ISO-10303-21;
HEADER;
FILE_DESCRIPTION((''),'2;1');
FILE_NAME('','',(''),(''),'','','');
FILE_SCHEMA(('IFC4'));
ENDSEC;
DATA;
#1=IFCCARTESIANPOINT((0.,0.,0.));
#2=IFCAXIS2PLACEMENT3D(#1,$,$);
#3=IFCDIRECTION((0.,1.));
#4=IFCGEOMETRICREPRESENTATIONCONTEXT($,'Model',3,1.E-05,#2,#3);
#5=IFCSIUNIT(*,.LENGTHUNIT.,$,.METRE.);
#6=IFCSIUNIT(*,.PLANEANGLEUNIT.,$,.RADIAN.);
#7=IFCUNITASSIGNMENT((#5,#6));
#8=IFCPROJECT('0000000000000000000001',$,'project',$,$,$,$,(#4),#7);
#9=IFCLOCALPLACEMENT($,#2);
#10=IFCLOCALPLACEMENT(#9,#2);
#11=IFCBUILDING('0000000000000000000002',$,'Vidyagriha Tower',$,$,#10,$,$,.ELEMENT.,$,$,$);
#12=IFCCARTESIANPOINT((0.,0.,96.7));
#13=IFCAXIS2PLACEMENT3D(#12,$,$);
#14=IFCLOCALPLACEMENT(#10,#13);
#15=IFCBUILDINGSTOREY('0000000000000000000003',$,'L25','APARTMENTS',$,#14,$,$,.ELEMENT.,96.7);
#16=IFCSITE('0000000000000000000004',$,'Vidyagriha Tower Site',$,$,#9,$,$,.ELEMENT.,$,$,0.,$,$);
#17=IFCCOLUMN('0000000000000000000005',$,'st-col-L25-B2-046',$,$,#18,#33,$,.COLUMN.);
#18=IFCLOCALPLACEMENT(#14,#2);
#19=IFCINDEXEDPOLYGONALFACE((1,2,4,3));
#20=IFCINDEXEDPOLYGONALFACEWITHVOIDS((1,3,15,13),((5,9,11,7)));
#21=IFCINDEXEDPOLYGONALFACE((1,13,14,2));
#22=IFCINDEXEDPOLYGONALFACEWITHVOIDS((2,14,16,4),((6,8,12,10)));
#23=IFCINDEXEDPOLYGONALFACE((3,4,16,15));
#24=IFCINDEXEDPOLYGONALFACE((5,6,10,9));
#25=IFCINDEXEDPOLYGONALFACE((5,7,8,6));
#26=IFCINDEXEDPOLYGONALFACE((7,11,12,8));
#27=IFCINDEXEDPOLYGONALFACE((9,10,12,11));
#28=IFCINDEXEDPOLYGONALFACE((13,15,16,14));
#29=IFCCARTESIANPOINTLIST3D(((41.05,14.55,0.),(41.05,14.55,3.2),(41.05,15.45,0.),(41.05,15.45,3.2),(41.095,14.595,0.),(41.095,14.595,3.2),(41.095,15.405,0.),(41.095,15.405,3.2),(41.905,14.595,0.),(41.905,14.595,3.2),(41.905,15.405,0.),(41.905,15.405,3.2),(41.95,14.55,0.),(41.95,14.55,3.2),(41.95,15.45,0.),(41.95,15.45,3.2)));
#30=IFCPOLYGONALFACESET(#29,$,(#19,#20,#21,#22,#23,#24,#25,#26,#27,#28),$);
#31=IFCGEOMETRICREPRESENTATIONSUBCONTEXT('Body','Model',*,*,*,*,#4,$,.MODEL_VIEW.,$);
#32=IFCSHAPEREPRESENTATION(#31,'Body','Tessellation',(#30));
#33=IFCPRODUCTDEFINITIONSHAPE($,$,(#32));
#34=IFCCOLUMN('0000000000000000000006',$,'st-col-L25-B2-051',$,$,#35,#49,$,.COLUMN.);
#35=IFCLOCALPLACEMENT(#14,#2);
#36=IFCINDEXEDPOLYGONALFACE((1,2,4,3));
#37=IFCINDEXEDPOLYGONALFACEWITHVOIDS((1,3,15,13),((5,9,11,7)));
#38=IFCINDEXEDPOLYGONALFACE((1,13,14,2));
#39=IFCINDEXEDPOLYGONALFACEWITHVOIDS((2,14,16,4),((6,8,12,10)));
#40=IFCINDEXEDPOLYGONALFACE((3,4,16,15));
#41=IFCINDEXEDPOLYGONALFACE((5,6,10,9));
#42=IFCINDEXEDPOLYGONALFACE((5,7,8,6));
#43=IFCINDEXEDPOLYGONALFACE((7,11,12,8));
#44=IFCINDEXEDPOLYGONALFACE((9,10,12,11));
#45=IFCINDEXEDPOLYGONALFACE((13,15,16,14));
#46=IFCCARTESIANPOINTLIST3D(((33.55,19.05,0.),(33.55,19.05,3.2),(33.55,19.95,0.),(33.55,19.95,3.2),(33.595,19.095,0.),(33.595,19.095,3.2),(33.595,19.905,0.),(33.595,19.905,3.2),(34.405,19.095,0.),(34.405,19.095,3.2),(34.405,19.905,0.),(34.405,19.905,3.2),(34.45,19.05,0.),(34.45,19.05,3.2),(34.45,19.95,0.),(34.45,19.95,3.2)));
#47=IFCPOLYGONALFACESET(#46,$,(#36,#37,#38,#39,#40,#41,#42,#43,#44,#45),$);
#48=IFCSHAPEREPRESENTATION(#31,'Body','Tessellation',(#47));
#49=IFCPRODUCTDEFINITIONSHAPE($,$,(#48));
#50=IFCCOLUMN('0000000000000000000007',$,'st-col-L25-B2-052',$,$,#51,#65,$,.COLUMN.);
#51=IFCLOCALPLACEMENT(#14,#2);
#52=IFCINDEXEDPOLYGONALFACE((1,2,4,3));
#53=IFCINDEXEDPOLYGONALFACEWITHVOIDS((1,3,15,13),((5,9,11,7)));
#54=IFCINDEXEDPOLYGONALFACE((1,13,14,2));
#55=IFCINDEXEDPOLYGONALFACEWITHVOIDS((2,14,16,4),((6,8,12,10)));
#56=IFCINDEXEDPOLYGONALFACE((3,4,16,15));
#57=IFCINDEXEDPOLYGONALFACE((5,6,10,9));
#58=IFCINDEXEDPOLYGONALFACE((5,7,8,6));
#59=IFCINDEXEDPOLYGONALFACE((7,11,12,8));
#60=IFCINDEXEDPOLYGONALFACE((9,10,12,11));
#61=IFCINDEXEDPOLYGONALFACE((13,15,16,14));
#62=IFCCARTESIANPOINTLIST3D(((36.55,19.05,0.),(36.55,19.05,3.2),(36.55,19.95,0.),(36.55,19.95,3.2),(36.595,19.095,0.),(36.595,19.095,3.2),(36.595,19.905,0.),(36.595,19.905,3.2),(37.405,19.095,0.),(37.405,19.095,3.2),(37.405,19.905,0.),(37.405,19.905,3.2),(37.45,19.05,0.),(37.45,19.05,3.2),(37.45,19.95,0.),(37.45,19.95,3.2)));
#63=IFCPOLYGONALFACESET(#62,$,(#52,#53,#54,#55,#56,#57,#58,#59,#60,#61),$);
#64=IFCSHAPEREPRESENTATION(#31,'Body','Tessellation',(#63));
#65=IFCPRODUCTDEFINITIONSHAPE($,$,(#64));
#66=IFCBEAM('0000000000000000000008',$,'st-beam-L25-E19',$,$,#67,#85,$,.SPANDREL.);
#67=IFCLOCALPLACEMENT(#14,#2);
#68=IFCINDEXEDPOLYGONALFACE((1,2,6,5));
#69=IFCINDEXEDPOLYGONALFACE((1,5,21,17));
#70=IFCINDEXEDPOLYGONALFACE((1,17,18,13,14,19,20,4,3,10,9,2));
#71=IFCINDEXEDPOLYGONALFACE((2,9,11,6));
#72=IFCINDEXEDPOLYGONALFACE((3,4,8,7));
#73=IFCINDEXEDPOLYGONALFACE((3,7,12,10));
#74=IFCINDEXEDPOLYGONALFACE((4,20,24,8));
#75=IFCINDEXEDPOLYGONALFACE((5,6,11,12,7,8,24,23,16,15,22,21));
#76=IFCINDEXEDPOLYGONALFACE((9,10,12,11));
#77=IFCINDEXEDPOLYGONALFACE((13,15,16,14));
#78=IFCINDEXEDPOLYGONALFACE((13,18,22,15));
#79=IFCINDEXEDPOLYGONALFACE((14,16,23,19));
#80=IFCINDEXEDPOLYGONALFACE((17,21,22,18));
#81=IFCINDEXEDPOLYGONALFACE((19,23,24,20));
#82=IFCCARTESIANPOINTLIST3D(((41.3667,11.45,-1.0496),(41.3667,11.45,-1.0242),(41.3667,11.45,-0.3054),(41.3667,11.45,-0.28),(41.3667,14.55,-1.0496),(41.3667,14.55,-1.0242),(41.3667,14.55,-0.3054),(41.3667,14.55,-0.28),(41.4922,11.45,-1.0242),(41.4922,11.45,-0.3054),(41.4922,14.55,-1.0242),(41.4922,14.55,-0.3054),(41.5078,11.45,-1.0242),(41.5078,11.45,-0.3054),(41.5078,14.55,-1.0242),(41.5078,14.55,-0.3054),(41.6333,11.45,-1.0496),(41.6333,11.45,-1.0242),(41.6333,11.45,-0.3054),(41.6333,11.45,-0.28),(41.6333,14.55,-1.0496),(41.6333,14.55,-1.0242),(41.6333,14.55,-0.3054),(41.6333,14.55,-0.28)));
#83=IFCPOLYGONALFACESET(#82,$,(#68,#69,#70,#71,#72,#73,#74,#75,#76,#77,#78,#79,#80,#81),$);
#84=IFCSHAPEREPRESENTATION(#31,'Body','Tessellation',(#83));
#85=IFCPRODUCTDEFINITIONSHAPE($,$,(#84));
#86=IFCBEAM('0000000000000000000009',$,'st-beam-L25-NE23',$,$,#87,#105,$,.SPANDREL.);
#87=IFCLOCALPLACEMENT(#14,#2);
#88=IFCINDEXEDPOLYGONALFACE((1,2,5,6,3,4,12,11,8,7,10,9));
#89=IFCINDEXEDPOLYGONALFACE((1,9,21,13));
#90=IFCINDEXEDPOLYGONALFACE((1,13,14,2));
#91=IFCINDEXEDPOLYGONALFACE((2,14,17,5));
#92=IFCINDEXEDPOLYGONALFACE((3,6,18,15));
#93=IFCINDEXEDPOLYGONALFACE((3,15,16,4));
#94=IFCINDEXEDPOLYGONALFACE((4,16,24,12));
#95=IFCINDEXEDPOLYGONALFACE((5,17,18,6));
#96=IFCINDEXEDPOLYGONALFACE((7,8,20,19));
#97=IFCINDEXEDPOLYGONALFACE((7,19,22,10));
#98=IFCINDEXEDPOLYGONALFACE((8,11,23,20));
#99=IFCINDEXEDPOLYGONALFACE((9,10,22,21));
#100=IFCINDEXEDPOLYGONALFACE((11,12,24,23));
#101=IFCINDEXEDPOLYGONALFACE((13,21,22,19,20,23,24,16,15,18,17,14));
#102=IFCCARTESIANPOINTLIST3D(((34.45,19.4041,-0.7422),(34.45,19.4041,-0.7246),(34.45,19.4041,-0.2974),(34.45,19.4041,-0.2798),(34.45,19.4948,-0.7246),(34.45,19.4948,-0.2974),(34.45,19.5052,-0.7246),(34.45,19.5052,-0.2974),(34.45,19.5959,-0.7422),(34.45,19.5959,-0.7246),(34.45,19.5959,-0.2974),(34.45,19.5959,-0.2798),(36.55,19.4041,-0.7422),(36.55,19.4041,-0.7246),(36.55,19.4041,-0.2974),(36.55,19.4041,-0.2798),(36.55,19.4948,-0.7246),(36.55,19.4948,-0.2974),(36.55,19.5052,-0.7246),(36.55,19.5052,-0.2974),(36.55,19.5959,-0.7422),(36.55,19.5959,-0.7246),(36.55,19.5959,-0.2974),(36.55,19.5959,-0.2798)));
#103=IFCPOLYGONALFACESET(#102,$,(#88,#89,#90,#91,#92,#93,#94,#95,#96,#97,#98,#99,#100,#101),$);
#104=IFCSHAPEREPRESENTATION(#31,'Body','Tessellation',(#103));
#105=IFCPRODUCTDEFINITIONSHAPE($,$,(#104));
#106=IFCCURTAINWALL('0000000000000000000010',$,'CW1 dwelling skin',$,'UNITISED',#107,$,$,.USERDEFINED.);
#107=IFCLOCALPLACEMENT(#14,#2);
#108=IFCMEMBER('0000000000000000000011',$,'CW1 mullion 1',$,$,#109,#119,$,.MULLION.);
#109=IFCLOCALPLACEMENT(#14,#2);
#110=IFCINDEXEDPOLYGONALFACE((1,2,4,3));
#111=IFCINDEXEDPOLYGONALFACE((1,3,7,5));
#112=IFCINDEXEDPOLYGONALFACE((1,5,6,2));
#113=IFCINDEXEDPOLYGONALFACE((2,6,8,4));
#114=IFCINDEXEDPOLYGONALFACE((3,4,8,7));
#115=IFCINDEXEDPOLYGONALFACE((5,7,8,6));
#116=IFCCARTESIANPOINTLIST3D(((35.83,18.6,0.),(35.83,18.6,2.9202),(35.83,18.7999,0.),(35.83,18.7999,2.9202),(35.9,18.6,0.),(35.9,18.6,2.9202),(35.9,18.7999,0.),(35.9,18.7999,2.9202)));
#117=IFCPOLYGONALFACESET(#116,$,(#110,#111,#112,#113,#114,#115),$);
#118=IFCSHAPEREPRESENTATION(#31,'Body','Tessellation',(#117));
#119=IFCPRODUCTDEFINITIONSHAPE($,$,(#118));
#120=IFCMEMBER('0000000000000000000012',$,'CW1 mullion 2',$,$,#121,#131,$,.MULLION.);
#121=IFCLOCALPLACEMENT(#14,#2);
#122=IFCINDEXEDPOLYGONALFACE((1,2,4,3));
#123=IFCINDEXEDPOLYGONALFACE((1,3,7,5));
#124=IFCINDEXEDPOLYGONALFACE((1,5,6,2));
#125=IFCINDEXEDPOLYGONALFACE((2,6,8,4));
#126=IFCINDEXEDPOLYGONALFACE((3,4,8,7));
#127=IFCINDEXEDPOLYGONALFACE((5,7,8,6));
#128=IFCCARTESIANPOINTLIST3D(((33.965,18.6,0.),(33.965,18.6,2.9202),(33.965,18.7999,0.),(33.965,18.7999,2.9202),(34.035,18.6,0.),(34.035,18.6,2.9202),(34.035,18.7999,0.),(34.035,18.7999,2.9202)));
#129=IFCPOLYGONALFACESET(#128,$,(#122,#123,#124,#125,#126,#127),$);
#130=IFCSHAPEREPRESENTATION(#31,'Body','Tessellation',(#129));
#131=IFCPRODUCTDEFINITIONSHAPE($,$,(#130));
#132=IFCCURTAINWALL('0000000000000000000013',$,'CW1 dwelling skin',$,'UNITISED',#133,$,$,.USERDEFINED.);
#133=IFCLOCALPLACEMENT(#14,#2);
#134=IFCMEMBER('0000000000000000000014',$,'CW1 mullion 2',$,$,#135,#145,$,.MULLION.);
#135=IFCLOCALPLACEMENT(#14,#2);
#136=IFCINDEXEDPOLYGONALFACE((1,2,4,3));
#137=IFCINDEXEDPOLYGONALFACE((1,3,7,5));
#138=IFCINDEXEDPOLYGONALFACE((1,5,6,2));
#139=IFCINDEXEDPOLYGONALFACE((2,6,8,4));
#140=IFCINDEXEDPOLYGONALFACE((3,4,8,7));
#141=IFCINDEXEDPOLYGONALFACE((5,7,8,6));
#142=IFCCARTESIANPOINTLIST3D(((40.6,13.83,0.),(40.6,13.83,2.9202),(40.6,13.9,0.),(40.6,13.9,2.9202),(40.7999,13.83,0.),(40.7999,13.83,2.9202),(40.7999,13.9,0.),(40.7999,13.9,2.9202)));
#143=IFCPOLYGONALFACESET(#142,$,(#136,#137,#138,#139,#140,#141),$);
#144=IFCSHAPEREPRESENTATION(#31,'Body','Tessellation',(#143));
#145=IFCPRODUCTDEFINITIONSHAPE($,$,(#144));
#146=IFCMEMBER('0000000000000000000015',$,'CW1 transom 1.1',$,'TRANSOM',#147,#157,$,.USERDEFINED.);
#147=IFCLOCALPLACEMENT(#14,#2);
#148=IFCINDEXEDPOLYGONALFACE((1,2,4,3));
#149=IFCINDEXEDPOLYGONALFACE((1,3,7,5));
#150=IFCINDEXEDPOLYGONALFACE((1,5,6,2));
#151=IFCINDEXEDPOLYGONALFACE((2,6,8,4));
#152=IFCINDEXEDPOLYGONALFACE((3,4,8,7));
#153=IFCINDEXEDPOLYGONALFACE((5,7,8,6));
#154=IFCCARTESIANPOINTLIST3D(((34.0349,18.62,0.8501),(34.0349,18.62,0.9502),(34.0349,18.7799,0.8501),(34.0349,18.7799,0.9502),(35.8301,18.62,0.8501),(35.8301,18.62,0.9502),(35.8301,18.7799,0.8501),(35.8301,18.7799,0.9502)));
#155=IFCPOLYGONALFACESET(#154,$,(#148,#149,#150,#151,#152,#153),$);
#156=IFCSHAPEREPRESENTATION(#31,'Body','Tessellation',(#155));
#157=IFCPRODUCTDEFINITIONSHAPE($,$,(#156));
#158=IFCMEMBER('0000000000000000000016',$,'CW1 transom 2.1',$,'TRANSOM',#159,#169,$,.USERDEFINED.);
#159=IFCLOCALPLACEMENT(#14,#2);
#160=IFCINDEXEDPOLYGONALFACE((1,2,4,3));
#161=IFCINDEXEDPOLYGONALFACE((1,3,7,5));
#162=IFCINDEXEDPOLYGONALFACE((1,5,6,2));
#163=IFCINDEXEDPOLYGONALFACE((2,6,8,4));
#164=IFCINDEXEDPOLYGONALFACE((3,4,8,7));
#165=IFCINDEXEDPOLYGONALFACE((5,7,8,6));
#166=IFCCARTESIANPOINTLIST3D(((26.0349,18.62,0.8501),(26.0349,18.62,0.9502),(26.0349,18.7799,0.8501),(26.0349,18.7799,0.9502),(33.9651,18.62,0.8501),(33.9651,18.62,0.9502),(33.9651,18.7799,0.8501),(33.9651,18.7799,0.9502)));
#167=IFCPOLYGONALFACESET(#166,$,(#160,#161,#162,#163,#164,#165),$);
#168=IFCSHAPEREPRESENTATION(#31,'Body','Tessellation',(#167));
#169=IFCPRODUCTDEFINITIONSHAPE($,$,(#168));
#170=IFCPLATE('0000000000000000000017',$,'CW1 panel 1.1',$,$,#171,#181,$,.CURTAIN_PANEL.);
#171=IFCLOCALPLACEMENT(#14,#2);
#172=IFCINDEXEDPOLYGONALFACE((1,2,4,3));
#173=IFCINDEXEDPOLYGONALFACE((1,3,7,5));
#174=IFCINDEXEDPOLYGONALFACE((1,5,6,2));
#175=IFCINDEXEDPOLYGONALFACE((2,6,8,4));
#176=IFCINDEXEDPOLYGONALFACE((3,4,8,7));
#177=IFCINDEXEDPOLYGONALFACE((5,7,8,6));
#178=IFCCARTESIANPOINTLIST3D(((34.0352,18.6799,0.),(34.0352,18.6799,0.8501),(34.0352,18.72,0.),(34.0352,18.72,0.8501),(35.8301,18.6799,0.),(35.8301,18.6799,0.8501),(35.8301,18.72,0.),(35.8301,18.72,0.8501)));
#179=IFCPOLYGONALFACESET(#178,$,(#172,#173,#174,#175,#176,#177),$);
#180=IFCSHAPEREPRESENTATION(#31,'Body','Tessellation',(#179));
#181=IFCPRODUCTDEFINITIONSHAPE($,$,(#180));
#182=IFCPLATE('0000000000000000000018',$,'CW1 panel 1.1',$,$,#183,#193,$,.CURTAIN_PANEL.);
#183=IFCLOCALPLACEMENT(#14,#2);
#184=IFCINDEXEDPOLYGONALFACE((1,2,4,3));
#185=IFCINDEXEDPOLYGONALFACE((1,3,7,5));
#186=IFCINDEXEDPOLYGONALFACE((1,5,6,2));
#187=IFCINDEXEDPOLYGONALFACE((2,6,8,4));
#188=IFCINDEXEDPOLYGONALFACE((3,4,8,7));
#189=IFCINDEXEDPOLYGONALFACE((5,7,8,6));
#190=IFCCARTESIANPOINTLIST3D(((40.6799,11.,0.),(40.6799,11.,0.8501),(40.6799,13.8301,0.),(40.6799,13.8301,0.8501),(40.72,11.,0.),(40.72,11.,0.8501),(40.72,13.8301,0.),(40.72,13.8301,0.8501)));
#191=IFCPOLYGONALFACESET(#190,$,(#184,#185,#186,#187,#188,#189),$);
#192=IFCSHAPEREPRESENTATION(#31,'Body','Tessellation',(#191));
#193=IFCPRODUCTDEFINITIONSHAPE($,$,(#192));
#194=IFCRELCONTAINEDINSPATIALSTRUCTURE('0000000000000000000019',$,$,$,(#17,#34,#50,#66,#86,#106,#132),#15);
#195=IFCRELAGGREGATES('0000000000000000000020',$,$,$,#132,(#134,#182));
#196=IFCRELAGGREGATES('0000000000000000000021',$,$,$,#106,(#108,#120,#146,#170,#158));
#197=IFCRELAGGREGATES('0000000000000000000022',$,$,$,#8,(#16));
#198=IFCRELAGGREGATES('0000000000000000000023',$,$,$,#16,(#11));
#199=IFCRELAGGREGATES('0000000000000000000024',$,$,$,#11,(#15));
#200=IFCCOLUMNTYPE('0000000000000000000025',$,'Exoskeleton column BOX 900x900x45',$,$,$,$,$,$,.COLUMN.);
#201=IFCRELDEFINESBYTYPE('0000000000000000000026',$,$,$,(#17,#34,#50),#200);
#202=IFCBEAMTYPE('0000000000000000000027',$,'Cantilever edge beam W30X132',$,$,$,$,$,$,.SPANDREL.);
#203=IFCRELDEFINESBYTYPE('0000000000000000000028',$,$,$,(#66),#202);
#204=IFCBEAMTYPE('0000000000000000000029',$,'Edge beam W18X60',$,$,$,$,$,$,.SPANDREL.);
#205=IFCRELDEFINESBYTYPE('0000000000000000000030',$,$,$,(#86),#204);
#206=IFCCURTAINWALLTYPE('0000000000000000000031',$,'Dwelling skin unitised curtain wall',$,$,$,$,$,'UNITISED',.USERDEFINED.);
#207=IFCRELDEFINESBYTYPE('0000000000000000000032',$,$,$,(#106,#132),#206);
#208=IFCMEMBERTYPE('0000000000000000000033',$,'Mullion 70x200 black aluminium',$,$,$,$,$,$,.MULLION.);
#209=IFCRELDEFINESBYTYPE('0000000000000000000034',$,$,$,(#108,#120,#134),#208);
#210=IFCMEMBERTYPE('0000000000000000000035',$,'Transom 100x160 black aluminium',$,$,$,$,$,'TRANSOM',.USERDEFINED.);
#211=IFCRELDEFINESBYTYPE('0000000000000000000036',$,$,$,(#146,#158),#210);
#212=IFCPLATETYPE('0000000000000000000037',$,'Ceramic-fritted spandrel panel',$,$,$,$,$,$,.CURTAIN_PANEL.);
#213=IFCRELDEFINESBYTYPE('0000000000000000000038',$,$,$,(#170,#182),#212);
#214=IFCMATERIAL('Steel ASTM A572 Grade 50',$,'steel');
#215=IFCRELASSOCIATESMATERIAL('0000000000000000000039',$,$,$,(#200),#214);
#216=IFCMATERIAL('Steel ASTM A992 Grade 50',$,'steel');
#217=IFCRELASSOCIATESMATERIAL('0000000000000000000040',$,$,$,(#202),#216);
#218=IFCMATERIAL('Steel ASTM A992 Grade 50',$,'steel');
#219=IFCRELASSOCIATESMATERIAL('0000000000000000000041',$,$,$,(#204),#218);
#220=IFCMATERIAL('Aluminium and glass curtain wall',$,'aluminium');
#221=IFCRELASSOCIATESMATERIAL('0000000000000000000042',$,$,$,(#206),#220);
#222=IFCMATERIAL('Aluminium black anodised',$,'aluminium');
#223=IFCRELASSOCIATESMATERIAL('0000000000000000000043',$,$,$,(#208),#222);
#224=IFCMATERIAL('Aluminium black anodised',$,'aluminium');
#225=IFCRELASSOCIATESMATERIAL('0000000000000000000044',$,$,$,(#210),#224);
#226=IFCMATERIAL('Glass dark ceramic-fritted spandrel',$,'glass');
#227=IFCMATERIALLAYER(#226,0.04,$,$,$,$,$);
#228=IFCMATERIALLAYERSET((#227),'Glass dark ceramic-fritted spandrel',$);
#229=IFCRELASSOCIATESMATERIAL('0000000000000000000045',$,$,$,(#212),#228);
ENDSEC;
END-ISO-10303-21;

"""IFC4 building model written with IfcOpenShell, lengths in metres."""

from ifc_helpers import new_model, si_unit, direction, frame, origin, origin_2d, place, context, subcontext, project, spatial, rectangle, hollow_rectangle, i_section, extrude, material, layer, layer_set, material_profile, profile_set, type_object, element, aggregate, save


model = new_model("IFC4")

# Units and contexts
model_context = context("Model", 3, precision=1e-05, world=origin(), true_north=direction((0.0, 1.0)))
body_context = subcontext(model_context, "Body", "Model", "MODEL_VIEW")
ifc_project = project(units=[si_unit("LENGTHUNIT", "METRE"), si_unit("PLANEANGLEUNIT", "RADIAN")], contexts=[model_context])

# Site, building, storey
site_placement = place(None, origin())
site = spatial("IfcSite", under=ifc_project, at=site_placement, Name="Vidyagriha Tower Site", CompositionType="ELEMENT", RefElevation=0.0)
building_placement = place(site_placement, origin())
building = spatial("IfcBuilding", under=site, at=building_placement, Name="Vidyagriha Tower", CompositionType="ELEMENT")
storey_placement = place(building_placement, frame((0.0, 0.0, 96.7)))
storey = spatial("IfcBuildingStorey", under=building, at=storey_placement, Name="L25", Description="APARTMENTS", CompositionType="ELEMENT", Elevation=96.7)

# Columns
ifc_material_1 = material(Name="Steel ASTM A572 Grade 50", Category="steel")
ifc_material_profile_1 = material_profile(ifc_material_1, hollow_rectangle(XDim=0.8999, YDim=0.8999, WallThickness=0.0449, at=origin_2d()), Name="BOX 900x900x45")
ifc_profile_set_1 = profile_set([ifc_material_profile_1], Name="Steel ASTM A572 Grade 50")
column_type = type_object("IfcColumnType", Name="Exoskeleton column BOX 900x900x45", PredefinedType="COLUMN", material=ifc_profile_set_1)
for number, where, name in (
    (1, (41.5, 15.0, 0.0), "st-col-L25-B2-046"),
    (2, (34.0, 19.5, 0.0), "st-col-L25-B2-051"),
    (3, (37.0, 19.5, 0.0), "st-col-L25-B2-052"),
):
    element("IfcColumn", number, at=place(storey_placement, frame(where)), inside=storey, type_object=column_type, Name=name, PredefinedType="COLUMN", context=body_context, shape_type="SweptSolid", body=[
        extrude(hollow_rectangle(XDim=0.8999, YDim=0.8999, WallThickness=0.0449, at=origin_2d()), origin(), (0.0, 0.0, 1.0), 3.2),
    ])

# Beams
ifc_material_2 = material(Name="Steel ASTM A992 Grade 50", Category="steel")
ifc_material_profile_2 = material_profile(ifc_material_2, i_section(OverallWidth=0.2666, OverallDepth=0.7695, WebThickness=0.0156, FlangeThickness=0.0254, at=origin_2d()), Name="W30X132")
ifc_profile_set_2 = profile_set([ifc_material_profile_2], Name="Steel ASTM A992 Grade 50")
beam_type_1 = type_object("IfcBeamType", Name="Cantilever edge beam W30X132", PredefinedType="SPANDREL", material=ifc_profile_set_2)
beam_1_placement = place(storey_placement, frame((41.5, 11.45, -0.6648), z_axis=(0.0, 1.0, 0.0), x_axis=(-1.0, 0.0, 0.0)))
element("IfcBeam", 4, at=beam_1_placement, inside=storey, type_object=beam_type_1, Name="st-beam-L25-E19", PredefinedType="SPANDREL", context=body_context, shape_type="SweptSolid", body=[
    extrude(i_section(OverallWidth=0.2666, OverallDepth=0.7695, WebThickness=0.0156, FlangeThickness=0.0254, at=origin_2d()), origin(), (0.0, 0.0, 1.0), 3.1001),
])
ifc_material_3 = material(Name="Steel ASTM A992 Grade 50", Category="steel")
ifc_material_profile_3 = material_profile(ifc_material_3, i_section(OverallWidth=0.1919, OverallDepth=0.4624, WebThickness=0.0105, FlangeThickness=0.0176, at=origin_2d()), Name="W18X60")
ifc_profile_set_3 = profile_set([ifc_material_profile_3], Name="Steel ASTM A992 Grade 50")
beam_type_2 = type_object("IfcBeamType", Name="Edge beam W18X60", PredefinedType="SPANDREL", material=ifc_profile_set_3)
beam_2_placement = place(storey_placement, frame((34.45, 19.5, -0.511), z_axis=(1.0, 0.0, 0.0), x_axis=(0.0, 1.0, 0.0)))
element("IfcBeam", 5, at=beam_2_placement, inside=storey, type_object=beam_type_2, Name="st-beam-L25-NE23", PredefinedType="SPANDREL", context=body_context, shape_type="SweptSolid", body=[
    extrude(i_section(OverallWidth=0.1919, OverallDepth=0.4624, WebThickness=0.0105, FlangeThickness=0.0176, at=origin_2d()), origin(), (0.0, 0.0, 1.0), 2.1001),
])

# Curtain wall, members
ifc_material_4 = material(Name="Aluminium and glass curtain wall", Category="aluminium")
curtain_wall_type = type_object("IfcCurtainWallType", Name="Dwelling skin unitised curtain wall", ElementType="UNITISED", PredefinedType="USERDEFINED", material=ifc_material_4)
curtain_wall_1_placement = place(storey_placement, origin())
curtain_wall_1 = element("IfcCurtainWall", 6, at=curtain_wall_1_placement, inside=storey, type_object=curtain_wall_type, Name="CW1 dwelling skin", ObjectType="UNITISED", PredefinedType="USERDEFINED")
ifc_material_5 = material(Name="Aluminium black anodised", Category="aluminium")
ifc_material_profile_4 = material_profile(ifc_material_5, rectangle(XDim=0.2, YDim=0.0701, at=origin_2d()), Name="Mullion 70x200 black aluminium")
ifc_profile_set_4 = profile_set([ifc_material_profile_4], Name="Aluminium black anodised")
member_type_1 = type_object("IfcMemberType", Name="Mullion 70x200 black aluminium", PredefinedType="MULLION", material=ifc_profile_set_4)
member_1_placement = place(storey_placement, frame((35.865, 18.7, 0.0), z_axis=(0.0, 0.0, 1.0), x_axis=(0.0, -1.0, 0.0)))
member_1 = element("IfcMember", 7, at=member_1_placement, type_object=member_type_1, Name="CW1 mullion 1", PredefinedType="MULLION", context=body_context, shape_type="SweptSolid", body=[
    extrude(rectangle(XDim=0.2, YDim=0.0701, at=origin_2d()), origin(), (0.0, 0.0, 1.0), 2.9202),
])
member_2_placement = place(storey_placement, frame((34.0, 18.7, 0.0), z_axis=(0.0, 0.0, 1.0), x_axis=(0.0, -1.0, 0.0)))
member_2 = element("IfcMember", 8, at=member_2_placement, type_object=member_type_1, Name="CW1 mullion 2", PredefinedType="MULLION", context=body_context, shape_type="SweptSolid", body=[
    extrude(rectangle(XDim=0.2, YDim=0.0701, at=origin_2d()), origin(), (0.0, 0.0, 1.0), 2.9202),
])

# Curtain wall, member
curtain_wall_2_placement = place(storey_placement, origin())
curtain_wall_2 = element("IfcCurtainWall", 9, at=curtain_wall_2_placement, inside=storey, type_object=curtain_wall_type, Name="CW1 dwelling skin", ObjectType="UNITISED", PredefinedType="USERDEFINED")
member_3_placement = place(storey_placement, frame((40.7, 13.865, 0.0), z_axis=(0.0, 0.0, 1.0), x_axis=(-1.0, 0.0, 0.0)))
member_3 = element("IfcMember", 10, at=member_3_placement, type_object=member_type_1, Name="CW1 mullion 2", PredefinedType="MULLION", context=body_context, shape_type="SweptSolid", body=[
    extrude(rectangle(XDim=0.2, YDim=0.0701, at=origin_2d()), origin(), (0.0, 0.0, 1.0), 2.9202),
])

# Members
ifc_material_6 = material(Name="Aluminium black anodised", Category="aluminium")
ifc_material_profile_5 = material_profile(ifc_material_6, rectangle(XDim=0.1599, YDim=0.1001, at=origin_2d()), Name="Transom 100x160 black aluminium")
ifc_profile_set_5 = profile_set([ifc_material_profile_5], Name="Aluminium black anodised")
member_type_2 = type_object("IfcMemberType", Name="Transom 100x160 black aluminium", ElementType="TRANSOM", PredefinedType="USERDEFINED", material=ifc_profile_set_5)
member_4_placement = place(storey_placement, frame((35.8301, 18.7, 0.9001), z_axis=(-1.0, 0.0, 0.0), x_axis=(0.0, -1.0, 0.0)))
member_4 = element("IfcMember", 11, at=member_4_placement, type_object=member_type_2, Name="CW1 transom 1.1", ObjectType="TRANSOM", PredefinedType="USERDEFINED", context=body_context, shape_type="SweptSolid", body=[
    extrude(rectangle(XDim=0.1599, YDim=0.1001, at=origin_2d()), origin(), (0.0, 0.0, 1.0), 1.7952),
])
member_5_placement = place(storey_placement, frame((33.9651, 18.7, 0.9001), z_axis=(-1.0, 0.0, 0.0), x_axis=(0.0, -1.0, 0.0)))
member_5 = element("IfcMember", 12, at=member_5_placement, type_object=member_type_2, Name="CW1 transom 2.1", ObjectType="TRANSOM", PredefinedType="USERDEFINED", context=body_context, shape_type="SweptSolid", body=[
    extrude(rectangle(XDim=0.1599, YDim=0.1001, at=origin_2d()), origin(), (0.0, 0.0, 1.0), 7.9302),
])

# Plates
ifc_material_7 = material(Name="Glass dark ceramic-fritted spandrel", Category="glass")
ifc_layer_1 = layer(ifc_material_7, 0.04)
ifc_layer_set_1 = layer_set([ifc_layer_1], Name="Glass dark ceramic-fritted spandrel")
plate_type_1 = type_object("IfcPlateType", Name="Ceramic-fritted spandrel panel", PredefinedType="CURTAIN_PANEL", material=ifc_layer_set_1)
plate_1_placement = place(storey_placement, frame((34.9326, 18.7, 0.0), z_axis=(0.0, 0.0, 1.0), x_axis=(-1.0, 0.0, 0.0)))
plate_1 = element("IfcPlate", 13, at=plate_1_placement, type_object=plate_type_1, Name="CW1 panel 1.1", PredefinedType="CURTAIN_PANEL", context=body_context, shape_type="SweptSolid", body=[
    extrude(rectangle(XDim=1.7949, YDim=0.04, at=origin_2d()), origin(), (0.0, 0.0, 1.0), 0.8501),
])
plate_2_placement = place(storey_placement, frame((40.7, 12.415, 0.0), z_axis=(0.0, 0.0, 1.0), x_axis=(0.0, 1.0, 0.0)))
plate_2 = element("IfcPlate", 14, at=plate_2_placement, type_object=plate_type_1, Name="CW1 panel 1.1", PredefinedType="CURTAIN_PANEL", context=body_context, shape_type="SweptSolid", body=[
    extrude(rectangle(XDim=2.8301, YDim=0.04, at=origin_2d()), origin(), (0.0, 0.0, 1.0), 0.8501),
])
aggregate(curtain_wall_2, [member_3, plate_2])
aggregate(curtain_wall_1, [member_1, member_2, member_4, plate_1, member_5])

save(model, "model.ifc")
